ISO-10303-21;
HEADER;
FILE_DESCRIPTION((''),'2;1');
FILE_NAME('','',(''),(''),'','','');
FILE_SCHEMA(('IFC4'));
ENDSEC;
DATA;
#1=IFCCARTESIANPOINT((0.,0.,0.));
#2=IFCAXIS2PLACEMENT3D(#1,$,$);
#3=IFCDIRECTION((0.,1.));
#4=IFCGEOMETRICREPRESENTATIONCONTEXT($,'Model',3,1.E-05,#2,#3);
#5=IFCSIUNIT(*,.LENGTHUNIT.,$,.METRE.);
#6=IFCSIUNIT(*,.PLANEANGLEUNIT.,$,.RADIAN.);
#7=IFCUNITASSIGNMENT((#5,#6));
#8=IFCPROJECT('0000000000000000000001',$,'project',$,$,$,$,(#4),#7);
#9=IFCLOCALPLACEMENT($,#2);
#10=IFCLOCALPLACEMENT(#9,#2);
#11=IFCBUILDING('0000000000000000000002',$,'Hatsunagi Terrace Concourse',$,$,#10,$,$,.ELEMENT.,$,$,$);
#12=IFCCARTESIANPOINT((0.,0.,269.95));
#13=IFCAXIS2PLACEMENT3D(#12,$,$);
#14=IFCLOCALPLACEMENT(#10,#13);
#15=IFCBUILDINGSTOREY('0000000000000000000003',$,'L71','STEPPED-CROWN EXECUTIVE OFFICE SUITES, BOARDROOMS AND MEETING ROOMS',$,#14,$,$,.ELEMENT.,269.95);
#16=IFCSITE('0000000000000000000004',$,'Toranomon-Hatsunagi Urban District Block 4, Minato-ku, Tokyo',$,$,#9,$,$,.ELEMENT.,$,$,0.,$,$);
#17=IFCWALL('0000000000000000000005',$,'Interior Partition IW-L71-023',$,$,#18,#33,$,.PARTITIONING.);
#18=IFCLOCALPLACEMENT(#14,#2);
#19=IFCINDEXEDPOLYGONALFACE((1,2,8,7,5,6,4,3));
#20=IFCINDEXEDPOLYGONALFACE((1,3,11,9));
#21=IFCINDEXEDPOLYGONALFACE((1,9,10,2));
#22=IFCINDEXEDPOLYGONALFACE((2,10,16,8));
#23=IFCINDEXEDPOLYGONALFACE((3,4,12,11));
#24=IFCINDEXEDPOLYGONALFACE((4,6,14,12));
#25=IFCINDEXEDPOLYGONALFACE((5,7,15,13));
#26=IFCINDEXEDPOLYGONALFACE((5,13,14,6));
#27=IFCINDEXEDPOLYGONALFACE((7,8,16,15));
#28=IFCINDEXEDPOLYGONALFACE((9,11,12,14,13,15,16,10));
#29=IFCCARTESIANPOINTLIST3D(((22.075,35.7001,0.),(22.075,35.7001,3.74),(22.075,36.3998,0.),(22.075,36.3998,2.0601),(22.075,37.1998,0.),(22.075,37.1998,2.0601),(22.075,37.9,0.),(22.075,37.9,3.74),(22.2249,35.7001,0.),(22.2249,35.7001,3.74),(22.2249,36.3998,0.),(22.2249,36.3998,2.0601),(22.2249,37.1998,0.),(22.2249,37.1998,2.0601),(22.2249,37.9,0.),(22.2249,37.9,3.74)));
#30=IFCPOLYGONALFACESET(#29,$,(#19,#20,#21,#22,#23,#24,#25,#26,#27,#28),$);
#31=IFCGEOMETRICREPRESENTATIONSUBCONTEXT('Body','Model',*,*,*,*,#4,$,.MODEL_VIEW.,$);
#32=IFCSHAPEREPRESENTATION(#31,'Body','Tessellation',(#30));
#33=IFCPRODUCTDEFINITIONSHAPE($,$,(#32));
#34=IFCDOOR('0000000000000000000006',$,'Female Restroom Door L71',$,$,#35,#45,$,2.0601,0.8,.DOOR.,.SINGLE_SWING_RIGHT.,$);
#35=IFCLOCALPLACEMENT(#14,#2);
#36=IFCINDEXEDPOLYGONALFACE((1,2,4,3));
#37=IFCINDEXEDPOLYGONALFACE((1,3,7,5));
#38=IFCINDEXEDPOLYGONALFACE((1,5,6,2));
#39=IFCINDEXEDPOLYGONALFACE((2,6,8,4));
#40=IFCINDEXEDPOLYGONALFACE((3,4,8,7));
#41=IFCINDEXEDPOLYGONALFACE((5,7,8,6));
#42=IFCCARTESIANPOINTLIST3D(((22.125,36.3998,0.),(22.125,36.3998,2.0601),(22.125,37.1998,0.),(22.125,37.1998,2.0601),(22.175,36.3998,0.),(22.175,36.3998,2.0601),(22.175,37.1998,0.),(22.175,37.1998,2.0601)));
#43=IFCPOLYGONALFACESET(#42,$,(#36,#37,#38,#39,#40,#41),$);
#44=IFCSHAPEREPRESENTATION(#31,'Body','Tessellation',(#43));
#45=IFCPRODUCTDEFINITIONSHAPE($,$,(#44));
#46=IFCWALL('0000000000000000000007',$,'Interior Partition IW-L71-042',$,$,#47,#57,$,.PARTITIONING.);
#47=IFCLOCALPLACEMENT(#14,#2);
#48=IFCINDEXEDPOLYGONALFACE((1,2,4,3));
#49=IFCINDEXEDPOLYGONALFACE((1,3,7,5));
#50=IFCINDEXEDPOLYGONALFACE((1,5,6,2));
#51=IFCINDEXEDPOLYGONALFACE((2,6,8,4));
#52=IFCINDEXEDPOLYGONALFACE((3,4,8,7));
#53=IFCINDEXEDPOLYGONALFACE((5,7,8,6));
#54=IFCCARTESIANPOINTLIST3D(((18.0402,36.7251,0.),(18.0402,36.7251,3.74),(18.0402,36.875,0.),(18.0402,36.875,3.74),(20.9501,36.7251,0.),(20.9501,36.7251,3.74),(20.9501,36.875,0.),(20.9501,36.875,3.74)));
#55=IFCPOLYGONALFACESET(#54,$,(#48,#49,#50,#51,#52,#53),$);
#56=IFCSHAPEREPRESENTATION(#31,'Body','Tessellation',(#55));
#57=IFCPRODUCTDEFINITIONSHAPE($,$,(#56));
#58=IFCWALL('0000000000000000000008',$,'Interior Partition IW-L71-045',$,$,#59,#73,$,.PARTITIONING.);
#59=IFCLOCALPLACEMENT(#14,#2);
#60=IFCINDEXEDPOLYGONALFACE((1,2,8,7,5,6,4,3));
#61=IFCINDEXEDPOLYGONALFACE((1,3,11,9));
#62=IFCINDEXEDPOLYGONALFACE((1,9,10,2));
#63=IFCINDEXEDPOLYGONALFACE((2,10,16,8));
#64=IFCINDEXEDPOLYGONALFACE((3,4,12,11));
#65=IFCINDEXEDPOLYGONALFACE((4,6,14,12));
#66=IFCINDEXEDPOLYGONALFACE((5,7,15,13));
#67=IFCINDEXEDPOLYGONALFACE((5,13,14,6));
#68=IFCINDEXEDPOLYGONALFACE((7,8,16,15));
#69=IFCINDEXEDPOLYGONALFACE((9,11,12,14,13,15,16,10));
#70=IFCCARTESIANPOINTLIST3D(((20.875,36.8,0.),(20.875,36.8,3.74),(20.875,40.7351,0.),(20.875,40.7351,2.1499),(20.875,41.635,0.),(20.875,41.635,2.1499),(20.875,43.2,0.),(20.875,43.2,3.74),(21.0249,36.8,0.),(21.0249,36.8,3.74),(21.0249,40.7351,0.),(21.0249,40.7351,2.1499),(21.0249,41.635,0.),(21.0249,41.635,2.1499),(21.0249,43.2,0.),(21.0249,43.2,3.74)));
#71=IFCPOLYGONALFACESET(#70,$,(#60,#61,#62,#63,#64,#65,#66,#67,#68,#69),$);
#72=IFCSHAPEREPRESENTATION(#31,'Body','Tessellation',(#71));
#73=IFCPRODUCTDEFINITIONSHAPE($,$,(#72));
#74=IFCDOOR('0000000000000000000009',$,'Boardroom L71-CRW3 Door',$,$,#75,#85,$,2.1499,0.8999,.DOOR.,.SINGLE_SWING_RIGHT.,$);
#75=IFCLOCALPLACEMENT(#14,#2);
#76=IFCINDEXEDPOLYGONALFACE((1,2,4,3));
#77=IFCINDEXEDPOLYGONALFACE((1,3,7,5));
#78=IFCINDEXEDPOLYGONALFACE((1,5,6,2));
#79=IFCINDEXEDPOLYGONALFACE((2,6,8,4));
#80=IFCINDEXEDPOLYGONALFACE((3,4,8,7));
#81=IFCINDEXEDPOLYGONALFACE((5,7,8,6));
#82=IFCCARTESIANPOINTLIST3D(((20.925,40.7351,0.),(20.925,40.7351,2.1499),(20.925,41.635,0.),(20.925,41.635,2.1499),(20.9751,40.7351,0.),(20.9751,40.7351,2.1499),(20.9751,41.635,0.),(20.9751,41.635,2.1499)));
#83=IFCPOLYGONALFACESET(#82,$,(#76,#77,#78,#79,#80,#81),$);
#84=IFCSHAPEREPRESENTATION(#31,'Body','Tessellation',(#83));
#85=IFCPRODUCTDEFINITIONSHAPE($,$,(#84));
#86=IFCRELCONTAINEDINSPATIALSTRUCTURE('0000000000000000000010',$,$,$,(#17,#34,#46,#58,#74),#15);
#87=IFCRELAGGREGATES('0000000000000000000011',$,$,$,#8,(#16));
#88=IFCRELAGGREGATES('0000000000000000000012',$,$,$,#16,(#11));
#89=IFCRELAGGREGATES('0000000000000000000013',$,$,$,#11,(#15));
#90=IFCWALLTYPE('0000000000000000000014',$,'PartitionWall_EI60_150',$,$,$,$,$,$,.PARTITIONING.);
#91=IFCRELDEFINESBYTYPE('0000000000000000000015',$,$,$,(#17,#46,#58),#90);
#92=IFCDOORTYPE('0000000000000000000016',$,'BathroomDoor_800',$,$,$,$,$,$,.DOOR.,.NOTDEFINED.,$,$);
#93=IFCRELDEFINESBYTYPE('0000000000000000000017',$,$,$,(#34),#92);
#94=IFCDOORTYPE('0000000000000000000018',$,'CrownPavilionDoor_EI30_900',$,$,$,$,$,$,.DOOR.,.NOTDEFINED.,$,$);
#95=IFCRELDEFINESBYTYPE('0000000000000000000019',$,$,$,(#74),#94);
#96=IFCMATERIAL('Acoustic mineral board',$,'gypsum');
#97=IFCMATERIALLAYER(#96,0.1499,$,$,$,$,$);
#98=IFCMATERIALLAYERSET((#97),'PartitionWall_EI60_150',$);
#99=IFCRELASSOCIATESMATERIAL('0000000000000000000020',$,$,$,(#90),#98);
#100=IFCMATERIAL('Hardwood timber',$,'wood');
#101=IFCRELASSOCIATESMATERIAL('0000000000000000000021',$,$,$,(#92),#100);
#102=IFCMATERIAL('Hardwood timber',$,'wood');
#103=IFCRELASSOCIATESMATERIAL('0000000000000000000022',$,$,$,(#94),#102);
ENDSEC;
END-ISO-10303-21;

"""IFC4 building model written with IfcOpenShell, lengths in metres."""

from ifc_helpers import new_model, si_unit, direction, frame, frame_2d, origin, place, context, subcontext, project, spatial, rectangle, extrude, material, layer, layer_set, type_object, element, fill, save


model = new_model("IFC4")

# Units and contexts
model_context = context("Model", 3, precision=1e-05, world=origin(), true_north=direction((0.0, 1.0)))
body_context = subcontext(model_context, "Body", "Model", "MODEL_VIEW")
ifc_project = project(units=[si_unit("LENGTHUNIT", "METRE"), si_unit("PLANEANGLEUNIT", "RADIAN")], contexts=[model_context])

# Site, building, storey
site_placement = place(None, origin())
site = spatial("IfcSite", under=ifc_project, at=site_placement, Name="Toranomon-Hatsunagi Urban District Block 4, Minato-ku, Tokyo", CompositionType="ELEMENT", RefElevation=0.0)
building_placement = place(site_placement, origin())
building = spatial("IfcBuilding", under=site, at=building_placement, Name="Hatsunagi Terrace Concourse", CompositionType="ELEMENT")
storey_placement = place(building_placement, frame((0.0, 0.0, 269.95)))
storey = spatial("IfcBuildingStorey", under=building, at=storey_placement, Name="L71", Description="STEPPED-CROWN EXECUTIVE OFFICE SUITES, BOARDROOMS AND MEETING ROOMS", CompositionType="ELEMENT", Elevation=269.95)

# Shared definitions
ifc_material_1 = material(Name="Acoustic mineral board", Category="gypsum")
ifc_layer_1 = layer(ifc_material_1, 0.1499)
ifc_layer_set_1 = layer_set([ifc_layer_1], Name="PartitionWall_EI60_150")
wall_type = type_object("IfcWallType", Name="PartitionWall_EI60_150", PredefinedType="PARTITIONING", material=ifc_layer_set_1)

# Wall, opening, door
wall_1_placement = place(storey_placement, frame((22.1499, 35.7, 0.0), z_axis=(0.0, 0.0, 1.0), x_axis=(0.0, 1.0, 0.0)))
wall_1 = element("IfcWall", 1, at=wall_1_placement, inside=storey, type_object=wall_type, Name="Interior Partition IW-L71-023", PredefinedType="PARTITIONING", context=body_context, shape_type="SweptSolid", body=[
    extrude(rectangle(XDim=2.2, YDim=0.1499, at=frame_2d((1.1001, 0.0))), origin(), (0.0, 0.0, 1.0), 3.74),
])
opening_1_placement = place(wall_1_placement, frame((0.7, 0.0, 0.0)))
opening_1 = element("IfcOpeningElement", 2, at=opening_1_placement, cuts=wall_1, PredefinedType="OPENING", context=body_context, shape_type="SweptSolid", body=[
    extrude(rectangle(XDim=0.8, YDim=2.0601, at=frame_2d((0.3999, 1.03))), frame((0.0, 0.085, 0.0), z_axis=(0.0, -1.0, 0.0), x_axis=(1.0, 0.0, 0.0)), (0.0, 0.0, 1.0), 0.1699),
])
ifc_material_2 = material(Name="Hardwood timber", Category="wood")
door_type_1 = type_object("IfcDoorType", Name="BathroomDoor_800", OperationType="NOTDEFINED", PredefinedType="DOOR", material=ifc_material_2)
door_1_placement = place(opening_1_placement, origin())
door_1 = element("IfcDoor", 3, at=door_1_placement, inside=storey, type_object=door_type_1, Name="Female Restroom Door L71", OperationType="SINGLE_SWING_RIGHT", OverallHeight=2.0601, OverallWidth=0.8, PredefinedType="DOOR", context=body_context, shape_type="SweptSolid", body=[
    extrude(rectangle(XDim=0.8, YDim=2.0601, at=frame_2d((0.3999, 1.03))), frame((0.0, 0.0249, 0.0), z_axis=(0.0, -1.0, 0.0), x_axis=(1.0, 0.0, 0.0)), (0.0, 0.0, 1.0), 0.05),
])
fill(opening_1, door_1)

# Wall
wall_2_placement = place(storey_placement, frame((18.04, 36.8, 0.0), z_axis=(0.0, 0.0, 1.0), x_axis=(1.0, 0.0, 0.0)))
element("IfcWall", 4, at=wall_2_placement, inside=storey, type_object=wall_type, Name="Interior Partition IW-L71-042", PredefinedType="PARTITIONING", context=body_context, shape_type="SweptSolid", body=[
    extrude(rectangle(XDim=2.9099, YDim=0.1499, at=frame_2d((1.4551, 0.0))), origin(), (0.0, 0.0, 1.0), 3.74),
])

# Wall, opening, door
wall_3_placement = place(storey_placement, frame((20.95, 36.8, 0.0), z_axis=(0.0, 0.0, 1.0), x_axis=(0.0, 1.0, 0.0)))
wall_3 = element("IfcWall", 5, at=wall_3_placement, inside=storey, type_object=wall_type, Name="Interior Partition IW-L71-045", PredefinedType="PARTITIONING", context=body_context, shape_type="SweptSolid", body=[
    extrude(rectangle(XDim=6.3999, YDim=0.1499, at=frame_2d((3.2, 0.0))), origin(), (0.0, 0.0, 1.0), 3.74),
])
opening_2_placement = place(wall_3_placement, frame((3.9351, 0.0, 0.0)))
opening_2 = element("IfcOpeningElement", 6, at=opening_2_placement, cuts=wall_3, PredefinedType="OPENING", context=body_context, shape_type="SweptSolid", body=[
    extrude(rectangle(XDim=0.8999, YDim=2.1499, at=frame_2d((0.45, 1.075))), frame((0.0, 0.085, 0.0), z_axis=(0.0, -1.0, 0.0), x_axis=(1.0, 0.0, 0.0)), (0.0, 0.0, 1.0), 0.1699),
])
ifc_material_3 = material(Name="Hardwood timber", Category="wood")
door_type_2 = type_object("IfcDoorType", Name="CrownPavilionDoor_EI30_900", OperationType="NOTDEFINED", PredefinedType="DOOR", material=ifc_material_3)
door_2_placement = place(opening_2_placement, origin())
door_2 = element("IfcDoor", 7, at=door_2_placement, inside=storey, type_object=door_type_2, Name="Boardroom L71-CRW3 Door", OperationType="SINGLE_SWING_RIGHT", OverallHeight=2.1499, OverallWidth=0.8999, PredefinedType="DOOR", context=body_context, shape_type="SweptSolid", body=[
    extrude(rectangle(XDim=0.8999, YDim=2.1499, at=frame_2d((0.45, 1.075))), frame((0.0, 0.0249, 0.0), z_axis=(0.0, -1.0, 0.0), x_axis=(1.0, 0.0, 0.0)), (0.0, 0.0, 1.0), 0.05),
])
fill(opening_2, door_2)

save(model, "model.ifc")
